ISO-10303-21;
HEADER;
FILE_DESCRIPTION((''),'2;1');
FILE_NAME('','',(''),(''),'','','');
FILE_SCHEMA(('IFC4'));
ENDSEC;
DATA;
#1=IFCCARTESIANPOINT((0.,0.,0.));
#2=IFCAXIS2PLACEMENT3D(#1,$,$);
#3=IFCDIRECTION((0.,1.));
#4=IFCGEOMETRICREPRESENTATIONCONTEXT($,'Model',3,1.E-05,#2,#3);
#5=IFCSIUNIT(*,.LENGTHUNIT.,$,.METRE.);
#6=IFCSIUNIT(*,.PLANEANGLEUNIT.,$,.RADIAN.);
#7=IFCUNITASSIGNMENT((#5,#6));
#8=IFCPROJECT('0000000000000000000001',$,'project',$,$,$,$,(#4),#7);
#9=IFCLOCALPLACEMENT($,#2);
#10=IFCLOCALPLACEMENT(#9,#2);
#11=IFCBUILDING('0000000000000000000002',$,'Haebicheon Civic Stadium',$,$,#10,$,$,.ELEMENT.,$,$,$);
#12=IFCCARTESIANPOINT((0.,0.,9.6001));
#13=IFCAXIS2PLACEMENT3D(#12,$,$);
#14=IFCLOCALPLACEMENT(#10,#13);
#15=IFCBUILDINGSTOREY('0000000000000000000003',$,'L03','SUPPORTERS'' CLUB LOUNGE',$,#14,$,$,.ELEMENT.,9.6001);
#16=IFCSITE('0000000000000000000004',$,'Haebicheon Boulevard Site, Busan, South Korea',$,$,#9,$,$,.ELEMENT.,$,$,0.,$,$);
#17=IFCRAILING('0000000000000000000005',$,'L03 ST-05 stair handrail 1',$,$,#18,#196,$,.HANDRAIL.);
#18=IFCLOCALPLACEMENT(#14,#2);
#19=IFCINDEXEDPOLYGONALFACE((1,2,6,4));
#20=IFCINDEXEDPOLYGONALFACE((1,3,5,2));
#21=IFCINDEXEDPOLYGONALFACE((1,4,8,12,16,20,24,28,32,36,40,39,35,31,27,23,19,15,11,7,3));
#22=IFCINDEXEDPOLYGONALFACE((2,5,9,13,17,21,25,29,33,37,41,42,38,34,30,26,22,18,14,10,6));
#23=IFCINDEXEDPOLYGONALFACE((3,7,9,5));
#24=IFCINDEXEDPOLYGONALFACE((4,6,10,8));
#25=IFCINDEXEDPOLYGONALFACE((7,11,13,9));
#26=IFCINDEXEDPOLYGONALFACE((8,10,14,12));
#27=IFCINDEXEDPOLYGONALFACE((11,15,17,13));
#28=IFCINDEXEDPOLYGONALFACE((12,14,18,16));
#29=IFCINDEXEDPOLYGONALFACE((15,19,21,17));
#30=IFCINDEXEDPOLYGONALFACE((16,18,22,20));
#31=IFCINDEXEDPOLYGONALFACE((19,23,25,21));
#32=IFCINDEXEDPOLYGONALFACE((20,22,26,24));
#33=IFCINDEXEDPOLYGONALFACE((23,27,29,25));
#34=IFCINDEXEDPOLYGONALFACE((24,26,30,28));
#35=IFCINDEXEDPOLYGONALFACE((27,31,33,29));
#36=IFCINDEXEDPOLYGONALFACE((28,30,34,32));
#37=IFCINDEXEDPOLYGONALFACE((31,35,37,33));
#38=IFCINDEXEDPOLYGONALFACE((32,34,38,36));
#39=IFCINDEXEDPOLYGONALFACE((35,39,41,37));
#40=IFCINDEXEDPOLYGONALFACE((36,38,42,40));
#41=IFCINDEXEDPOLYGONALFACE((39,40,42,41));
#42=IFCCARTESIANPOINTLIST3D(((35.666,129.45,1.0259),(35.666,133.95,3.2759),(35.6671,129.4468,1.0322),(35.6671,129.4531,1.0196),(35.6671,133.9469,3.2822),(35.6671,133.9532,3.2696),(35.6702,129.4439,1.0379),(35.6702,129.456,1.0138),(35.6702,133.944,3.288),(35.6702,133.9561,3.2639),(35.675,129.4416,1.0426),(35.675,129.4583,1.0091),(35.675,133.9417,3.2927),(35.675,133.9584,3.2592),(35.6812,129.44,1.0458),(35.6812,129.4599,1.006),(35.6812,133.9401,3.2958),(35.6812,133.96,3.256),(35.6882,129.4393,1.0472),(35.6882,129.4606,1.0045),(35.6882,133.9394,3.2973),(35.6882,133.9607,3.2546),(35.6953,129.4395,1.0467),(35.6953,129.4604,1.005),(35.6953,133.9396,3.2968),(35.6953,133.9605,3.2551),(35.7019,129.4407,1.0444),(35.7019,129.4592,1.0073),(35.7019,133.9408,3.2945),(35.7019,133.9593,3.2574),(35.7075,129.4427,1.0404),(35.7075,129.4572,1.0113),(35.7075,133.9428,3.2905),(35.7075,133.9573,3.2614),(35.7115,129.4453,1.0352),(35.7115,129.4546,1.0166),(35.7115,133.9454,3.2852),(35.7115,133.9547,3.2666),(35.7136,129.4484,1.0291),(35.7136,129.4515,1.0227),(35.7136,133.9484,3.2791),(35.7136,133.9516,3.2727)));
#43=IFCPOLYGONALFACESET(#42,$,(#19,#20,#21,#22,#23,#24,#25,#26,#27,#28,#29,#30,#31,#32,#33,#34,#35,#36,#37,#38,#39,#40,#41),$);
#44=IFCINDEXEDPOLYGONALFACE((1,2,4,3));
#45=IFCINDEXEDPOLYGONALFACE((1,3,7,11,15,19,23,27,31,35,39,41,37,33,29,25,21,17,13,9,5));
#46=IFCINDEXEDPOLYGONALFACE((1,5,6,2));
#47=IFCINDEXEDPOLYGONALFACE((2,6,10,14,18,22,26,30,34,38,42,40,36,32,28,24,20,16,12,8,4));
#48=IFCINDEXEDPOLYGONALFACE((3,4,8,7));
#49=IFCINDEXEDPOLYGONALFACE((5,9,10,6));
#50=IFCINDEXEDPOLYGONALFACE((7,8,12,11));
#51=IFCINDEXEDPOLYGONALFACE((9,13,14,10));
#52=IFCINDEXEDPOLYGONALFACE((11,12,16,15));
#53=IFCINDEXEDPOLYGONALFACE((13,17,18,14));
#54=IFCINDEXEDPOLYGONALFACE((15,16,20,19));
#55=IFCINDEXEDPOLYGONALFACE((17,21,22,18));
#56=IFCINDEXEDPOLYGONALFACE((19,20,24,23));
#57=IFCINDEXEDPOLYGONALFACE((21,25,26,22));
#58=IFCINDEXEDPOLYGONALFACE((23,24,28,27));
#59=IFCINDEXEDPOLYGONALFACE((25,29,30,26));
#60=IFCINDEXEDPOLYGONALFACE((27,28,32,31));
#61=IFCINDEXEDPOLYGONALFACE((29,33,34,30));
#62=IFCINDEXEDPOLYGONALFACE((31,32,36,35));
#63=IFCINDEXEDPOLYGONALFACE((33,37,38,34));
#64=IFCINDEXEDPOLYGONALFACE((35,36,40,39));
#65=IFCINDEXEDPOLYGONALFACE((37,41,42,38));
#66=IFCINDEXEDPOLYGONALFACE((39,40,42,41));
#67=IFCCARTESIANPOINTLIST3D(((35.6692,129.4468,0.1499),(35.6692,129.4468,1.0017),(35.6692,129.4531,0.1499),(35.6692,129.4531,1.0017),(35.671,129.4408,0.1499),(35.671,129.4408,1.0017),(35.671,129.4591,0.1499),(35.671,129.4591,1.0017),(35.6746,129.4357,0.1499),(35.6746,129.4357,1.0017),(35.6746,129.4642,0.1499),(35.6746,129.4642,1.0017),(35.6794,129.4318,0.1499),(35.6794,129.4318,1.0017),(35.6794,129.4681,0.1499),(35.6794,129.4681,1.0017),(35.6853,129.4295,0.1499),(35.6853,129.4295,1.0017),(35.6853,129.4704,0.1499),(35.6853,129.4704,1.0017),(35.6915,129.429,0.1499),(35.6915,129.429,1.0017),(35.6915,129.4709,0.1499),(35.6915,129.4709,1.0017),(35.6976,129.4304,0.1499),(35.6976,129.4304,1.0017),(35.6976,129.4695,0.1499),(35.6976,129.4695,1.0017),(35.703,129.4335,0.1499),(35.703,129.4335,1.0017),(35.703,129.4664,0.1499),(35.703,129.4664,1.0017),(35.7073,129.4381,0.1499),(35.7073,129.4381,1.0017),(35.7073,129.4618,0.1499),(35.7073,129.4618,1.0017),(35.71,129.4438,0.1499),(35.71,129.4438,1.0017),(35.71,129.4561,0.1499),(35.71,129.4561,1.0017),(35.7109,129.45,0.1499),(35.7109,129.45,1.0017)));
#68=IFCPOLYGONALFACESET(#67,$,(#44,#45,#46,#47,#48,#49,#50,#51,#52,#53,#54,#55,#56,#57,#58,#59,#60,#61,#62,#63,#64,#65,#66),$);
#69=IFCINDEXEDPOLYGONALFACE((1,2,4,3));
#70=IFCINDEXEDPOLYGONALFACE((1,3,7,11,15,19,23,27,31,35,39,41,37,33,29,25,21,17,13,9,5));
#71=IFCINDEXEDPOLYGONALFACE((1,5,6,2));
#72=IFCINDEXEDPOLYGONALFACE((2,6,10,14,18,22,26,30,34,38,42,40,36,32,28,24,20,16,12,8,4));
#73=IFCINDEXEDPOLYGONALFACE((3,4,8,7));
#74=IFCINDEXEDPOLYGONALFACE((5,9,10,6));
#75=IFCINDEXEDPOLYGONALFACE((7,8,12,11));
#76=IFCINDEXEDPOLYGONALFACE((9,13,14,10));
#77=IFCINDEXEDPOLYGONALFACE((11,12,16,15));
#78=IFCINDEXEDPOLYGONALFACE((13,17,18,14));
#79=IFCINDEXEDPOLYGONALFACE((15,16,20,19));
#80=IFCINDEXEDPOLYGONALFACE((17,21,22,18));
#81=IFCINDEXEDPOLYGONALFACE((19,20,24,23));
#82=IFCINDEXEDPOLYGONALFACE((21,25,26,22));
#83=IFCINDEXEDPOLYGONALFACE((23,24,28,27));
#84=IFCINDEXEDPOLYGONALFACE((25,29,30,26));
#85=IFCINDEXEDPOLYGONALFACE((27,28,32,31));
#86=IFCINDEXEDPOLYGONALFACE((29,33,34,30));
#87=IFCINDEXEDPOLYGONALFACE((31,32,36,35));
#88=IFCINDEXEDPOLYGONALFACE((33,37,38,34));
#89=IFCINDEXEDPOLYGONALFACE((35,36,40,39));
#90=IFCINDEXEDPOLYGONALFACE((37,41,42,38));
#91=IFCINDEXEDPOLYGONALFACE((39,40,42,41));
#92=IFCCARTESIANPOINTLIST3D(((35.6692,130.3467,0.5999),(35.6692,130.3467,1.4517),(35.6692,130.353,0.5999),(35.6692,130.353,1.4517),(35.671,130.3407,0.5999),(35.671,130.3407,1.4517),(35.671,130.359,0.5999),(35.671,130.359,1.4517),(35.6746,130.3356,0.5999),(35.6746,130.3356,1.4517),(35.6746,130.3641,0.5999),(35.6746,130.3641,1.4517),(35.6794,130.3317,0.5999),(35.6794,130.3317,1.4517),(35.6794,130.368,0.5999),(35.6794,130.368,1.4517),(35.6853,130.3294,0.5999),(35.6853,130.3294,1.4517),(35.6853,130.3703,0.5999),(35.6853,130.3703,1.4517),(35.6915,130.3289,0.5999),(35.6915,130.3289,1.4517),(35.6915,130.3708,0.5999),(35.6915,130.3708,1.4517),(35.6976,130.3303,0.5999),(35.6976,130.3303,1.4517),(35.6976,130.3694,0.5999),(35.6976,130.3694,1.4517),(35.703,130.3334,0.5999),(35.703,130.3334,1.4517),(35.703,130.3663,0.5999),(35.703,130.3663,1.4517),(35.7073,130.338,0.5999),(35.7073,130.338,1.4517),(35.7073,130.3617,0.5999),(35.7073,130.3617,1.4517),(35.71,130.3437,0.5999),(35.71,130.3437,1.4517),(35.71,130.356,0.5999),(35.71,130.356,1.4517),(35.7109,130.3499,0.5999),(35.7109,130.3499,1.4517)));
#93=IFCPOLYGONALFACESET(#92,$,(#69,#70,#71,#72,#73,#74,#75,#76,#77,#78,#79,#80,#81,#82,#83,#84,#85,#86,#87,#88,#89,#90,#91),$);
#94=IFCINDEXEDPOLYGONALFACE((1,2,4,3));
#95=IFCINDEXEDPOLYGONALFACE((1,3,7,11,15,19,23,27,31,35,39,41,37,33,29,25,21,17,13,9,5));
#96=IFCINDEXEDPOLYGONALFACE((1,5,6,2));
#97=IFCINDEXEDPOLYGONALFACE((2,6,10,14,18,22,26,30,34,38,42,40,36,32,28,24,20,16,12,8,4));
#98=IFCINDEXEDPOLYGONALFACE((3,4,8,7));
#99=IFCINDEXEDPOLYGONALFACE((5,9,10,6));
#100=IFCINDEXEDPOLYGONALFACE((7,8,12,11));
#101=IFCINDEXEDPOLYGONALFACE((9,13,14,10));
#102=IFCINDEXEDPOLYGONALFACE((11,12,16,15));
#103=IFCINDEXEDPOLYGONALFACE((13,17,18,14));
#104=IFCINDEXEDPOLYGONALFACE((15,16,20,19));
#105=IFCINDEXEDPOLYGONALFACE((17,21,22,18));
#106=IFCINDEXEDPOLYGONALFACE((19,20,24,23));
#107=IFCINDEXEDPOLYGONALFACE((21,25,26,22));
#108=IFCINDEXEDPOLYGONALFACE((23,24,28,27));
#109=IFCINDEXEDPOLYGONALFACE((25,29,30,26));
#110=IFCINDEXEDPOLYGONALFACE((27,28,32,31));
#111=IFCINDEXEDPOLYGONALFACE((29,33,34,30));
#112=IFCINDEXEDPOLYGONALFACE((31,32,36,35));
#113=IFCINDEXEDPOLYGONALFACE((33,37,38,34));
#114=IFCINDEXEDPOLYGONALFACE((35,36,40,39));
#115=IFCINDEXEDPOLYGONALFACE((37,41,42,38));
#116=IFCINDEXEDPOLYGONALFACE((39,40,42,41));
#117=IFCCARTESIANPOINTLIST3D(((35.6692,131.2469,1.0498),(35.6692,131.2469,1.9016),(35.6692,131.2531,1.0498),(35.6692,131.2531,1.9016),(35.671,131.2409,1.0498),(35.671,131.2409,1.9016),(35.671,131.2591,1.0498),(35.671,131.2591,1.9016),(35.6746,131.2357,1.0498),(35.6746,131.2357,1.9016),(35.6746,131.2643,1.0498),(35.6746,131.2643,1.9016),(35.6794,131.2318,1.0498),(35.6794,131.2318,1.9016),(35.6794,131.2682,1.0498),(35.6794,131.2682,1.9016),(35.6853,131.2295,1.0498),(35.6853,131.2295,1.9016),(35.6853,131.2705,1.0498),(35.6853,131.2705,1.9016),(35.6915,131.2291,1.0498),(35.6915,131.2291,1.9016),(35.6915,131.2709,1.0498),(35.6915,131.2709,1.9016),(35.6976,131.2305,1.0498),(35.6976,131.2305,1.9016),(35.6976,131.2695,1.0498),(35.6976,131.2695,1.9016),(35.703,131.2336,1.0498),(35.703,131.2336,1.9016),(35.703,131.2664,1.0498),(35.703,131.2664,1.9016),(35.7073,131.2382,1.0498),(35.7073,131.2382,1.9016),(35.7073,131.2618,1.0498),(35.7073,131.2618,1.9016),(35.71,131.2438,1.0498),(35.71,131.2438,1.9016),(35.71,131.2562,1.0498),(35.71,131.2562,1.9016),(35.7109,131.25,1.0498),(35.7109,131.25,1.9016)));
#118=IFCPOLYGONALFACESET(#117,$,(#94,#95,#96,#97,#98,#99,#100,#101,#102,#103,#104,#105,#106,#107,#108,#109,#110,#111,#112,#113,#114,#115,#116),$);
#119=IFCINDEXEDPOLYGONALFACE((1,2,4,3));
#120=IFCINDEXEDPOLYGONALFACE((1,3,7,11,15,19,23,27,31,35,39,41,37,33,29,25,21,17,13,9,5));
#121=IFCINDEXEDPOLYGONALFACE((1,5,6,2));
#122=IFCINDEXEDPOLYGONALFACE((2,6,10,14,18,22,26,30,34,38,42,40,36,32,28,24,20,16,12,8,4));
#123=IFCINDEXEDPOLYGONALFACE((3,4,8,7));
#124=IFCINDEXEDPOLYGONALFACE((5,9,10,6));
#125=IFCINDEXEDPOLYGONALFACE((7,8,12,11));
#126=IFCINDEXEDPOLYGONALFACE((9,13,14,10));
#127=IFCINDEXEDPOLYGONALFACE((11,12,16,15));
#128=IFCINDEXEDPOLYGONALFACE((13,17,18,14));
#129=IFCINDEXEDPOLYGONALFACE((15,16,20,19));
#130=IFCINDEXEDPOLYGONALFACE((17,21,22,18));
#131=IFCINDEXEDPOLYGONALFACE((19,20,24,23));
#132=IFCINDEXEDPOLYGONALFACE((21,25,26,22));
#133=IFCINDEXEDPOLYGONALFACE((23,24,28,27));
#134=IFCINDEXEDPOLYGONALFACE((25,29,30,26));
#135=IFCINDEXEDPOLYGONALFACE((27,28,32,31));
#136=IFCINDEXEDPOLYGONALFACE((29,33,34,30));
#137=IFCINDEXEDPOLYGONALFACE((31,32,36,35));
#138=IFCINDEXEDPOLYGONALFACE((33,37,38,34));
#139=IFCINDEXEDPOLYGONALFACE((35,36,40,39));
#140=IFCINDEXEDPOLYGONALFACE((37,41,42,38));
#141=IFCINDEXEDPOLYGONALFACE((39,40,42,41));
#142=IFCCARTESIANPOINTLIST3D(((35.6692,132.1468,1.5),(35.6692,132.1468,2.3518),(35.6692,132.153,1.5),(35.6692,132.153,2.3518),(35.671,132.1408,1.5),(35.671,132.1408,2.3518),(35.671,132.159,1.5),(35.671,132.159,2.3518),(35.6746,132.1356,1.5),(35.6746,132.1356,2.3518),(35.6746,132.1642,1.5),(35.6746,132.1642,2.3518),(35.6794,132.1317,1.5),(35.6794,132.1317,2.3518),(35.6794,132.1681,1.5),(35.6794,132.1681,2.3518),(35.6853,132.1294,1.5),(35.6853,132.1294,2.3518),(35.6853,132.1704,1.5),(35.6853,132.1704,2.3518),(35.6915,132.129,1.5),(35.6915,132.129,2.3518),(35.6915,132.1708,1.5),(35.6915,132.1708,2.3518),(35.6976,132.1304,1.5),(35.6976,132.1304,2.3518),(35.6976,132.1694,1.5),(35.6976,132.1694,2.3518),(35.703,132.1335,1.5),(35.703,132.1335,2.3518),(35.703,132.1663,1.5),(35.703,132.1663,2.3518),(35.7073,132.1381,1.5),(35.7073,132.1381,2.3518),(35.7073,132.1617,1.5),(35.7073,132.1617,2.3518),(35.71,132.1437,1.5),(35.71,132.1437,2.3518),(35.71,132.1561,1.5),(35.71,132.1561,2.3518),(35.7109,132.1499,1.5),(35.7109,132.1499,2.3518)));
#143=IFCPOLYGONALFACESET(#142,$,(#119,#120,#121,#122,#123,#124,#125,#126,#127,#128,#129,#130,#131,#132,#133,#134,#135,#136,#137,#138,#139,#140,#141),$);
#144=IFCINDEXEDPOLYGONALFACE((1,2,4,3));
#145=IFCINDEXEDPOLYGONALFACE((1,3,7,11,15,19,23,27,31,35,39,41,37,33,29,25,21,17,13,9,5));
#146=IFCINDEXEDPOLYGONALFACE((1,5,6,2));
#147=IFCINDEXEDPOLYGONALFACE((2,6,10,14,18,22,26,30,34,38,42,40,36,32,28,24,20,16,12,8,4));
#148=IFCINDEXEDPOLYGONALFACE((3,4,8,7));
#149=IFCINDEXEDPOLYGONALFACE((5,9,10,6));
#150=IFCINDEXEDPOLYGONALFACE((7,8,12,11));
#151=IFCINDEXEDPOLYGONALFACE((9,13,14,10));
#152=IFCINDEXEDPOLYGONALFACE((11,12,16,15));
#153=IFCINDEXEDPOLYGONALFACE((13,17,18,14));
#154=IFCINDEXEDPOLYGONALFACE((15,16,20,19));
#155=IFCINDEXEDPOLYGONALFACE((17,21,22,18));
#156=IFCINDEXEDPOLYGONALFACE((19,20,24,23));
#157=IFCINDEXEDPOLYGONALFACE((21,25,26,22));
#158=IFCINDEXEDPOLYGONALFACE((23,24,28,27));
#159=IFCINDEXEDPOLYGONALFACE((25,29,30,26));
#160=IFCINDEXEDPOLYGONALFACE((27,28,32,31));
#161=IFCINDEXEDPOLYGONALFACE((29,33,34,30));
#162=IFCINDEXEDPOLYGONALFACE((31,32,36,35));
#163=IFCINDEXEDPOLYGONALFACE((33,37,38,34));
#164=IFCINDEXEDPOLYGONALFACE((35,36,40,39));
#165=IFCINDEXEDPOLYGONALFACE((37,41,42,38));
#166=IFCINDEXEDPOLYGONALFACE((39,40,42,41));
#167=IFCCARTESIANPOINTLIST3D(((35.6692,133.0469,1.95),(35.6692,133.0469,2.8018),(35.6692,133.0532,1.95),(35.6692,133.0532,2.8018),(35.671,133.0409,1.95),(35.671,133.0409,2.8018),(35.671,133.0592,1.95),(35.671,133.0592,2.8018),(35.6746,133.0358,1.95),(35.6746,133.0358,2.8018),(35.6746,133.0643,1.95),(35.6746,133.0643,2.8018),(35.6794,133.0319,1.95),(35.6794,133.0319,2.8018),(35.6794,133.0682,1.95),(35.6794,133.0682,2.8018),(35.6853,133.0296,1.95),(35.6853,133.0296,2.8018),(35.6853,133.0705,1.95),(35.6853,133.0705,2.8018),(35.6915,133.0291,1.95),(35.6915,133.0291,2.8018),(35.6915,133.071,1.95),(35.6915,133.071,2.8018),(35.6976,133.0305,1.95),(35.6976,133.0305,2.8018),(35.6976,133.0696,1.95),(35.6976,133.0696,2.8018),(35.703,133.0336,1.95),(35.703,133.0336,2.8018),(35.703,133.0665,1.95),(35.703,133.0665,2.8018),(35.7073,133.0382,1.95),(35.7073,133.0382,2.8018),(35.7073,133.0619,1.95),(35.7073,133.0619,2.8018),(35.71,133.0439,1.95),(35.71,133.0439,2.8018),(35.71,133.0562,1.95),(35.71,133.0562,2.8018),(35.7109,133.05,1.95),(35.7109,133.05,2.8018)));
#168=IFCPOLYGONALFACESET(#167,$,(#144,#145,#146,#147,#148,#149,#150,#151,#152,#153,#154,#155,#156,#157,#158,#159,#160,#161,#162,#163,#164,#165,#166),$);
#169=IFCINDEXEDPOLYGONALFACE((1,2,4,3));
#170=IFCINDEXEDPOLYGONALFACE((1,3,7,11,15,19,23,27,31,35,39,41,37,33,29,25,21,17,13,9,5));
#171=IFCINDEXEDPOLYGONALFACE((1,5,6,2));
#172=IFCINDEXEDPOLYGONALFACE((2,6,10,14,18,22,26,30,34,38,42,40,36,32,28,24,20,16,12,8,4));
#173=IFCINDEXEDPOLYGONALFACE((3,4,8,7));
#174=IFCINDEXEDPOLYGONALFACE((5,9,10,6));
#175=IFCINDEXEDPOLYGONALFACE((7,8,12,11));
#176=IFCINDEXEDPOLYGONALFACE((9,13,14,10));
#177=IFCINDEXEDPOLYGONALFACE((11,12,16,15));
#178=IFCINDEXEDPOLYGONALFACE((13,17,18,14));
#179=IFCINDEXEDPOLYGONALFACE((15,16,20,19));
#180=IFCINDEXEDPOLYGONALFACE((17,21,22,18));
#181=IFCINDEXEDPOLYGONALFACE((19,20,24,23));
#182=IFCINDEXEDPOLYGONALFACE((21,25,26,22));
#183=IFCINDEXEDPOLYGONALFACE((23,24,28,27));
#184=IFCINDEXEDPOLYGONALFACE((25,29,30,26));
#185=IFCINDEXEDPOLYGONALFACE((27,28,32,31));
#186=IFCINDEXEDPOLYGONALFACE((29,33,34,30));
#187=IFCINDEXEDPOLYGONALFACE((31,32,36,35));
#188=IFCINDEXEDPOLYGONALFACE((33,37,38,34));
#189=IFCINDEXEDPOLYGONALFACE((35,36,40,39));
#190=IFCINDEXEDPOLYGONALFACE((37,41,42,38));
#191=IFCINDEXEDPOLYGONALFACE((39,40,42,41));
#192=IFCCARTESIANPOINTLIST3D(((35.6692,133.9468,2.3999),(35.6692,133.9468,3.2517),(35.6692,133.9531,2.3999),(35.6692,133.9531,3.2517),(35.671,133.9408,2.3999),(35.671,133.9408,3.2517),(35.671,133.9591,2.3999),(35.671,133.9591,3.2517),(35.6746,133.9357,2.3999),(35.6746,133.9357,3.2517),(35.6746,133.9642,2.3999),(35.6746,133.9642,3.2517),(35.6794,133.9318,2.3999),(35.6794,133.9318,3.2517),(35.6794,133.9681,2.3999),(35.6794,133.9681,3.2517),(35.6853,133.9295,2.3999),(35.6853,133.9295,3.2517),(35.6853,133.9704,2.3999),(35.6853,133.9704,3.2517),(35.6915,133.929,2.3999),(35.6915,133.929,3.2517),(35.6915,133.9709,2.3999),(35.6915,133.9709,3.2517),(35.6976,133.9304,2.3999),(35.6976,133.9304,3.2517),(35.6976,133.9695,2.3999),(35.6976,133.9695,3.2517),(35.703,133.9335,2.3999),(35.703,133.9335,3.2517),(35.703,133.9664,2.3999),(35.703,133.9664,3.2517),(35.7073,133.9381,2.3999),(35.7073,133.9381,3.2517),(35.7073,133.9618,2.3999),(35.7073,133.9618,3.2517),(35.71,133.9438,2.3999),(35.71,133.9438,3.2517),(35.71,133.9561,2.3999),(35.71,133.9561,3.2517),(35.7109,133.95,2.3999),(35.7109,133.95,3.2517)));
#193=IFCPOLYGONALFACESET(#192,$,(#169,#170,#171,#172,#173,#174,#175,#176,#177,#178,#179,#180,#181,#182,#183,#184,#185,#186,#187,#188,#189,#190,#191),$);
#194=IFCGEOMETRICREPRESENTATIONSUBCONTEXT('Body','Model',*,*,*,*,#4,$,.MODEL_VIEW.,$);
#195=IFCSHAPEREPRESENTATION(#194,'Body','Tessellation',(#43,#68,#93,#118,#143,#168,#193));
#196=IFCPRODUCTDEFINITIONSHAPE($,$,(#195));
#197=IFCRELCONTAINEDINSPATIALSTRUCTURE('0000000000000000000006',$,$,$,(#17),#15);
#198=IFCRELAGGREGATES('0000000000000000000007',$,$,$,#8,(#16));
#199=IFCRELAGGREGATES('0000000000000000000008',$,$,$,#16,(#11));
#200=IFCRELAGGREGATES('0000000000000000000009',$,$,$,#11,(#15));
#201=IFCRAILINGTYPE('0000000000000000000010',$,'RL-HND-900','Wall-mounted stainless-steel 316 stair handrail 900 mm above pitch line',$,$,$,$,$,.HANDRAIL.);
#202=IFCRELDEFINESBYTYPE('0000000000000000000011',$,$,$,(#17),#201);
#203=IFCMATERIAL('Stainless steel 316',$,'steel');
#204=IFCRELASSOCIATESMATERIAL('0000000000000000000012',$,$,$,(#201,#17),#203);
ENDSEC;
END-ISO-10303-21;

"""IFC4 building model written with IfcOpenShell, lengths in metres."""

from ifc_helpers import new_model, si_unit, direction, frame, origin, origin_2d, place, context, subcontext, project, spatial, circle, extrude, material, type_object, element, save


model = new_model("IFC4")

# Units and contexts
model_context = context("Model", 3, precision=1e-05, world=origin(), true_north=direction((0.0, 1.0)))
body_context = subcontext(model_context, "Body", "Model", "MODEL_VIEW")
ifc_project = project(units=[si_unit("LENGTHUNIT", "METRE"), si_unit("PLANEANGLEUNIT", "RADIAN")], contexts=[model_context])

# Site, building, storey
site_placement = place(None, origin())
site = spatial("IfcSite", under=ifc_project, at=site_placement, Name="Haebicheon Boulevard Site, Busan, South Korea", CompositionType="ELEMENT", RefElevation=0.0)
building_placement = place(site_placement, origin())
building = spatial("IfcBuilding", under=site, at=building_placement, Name="Haebicheon Civic Stadium", CompositionType="ELEMENT")
storey_placement = place(building_placement, frame((0.0, 0.0, 9.6001)))
storey = spatial("IfcBuildingStorey", under=building, at=storey_placement, Name="L03", Description="SUPPORTERS' CLUB LOUNGE", CompositionType="ELEMENT", Elevation=9.6001)

# Railing
ifc_material_1 = material(Name="Stainless steel 316", Category="steel")
railing_type_1 = type_object("IfcRailingType", Name="RL-HND-900", Description="Wall-mounted stainless-steel 316 stair handrail 900 mm above pitch line", PredefinedType="HANDRAIL", material=ifc_material_1)
railing_1_placement = place(storey_placement, frame((35.6899, 129.45, 0.1499)))
element("IfcRailing", 1, at=railing_1_placement, inside=storey, type_object=railing_type_1, material=ifc_material_1, Name="L03 ST-05 stair handrail 1", PredefinedType="HANDRAIL", context=body_context, shape_type="SweptSolid", body=[
    extrude(circle(Radius=0.0239, at=origin_2d()), frame((0.0, 0.0, 0.876), z_axis=(0.0, 0.894427, 0.447214), x_axis=(-1.0, 0.0, 0.0)), (0.0, 0.0, 1.0), 5.0312),
    extrude(circle(Radius=0.021, at=origin_2d()), origin(), (0.0, 0.0, 1.0), 0.8518),
    extrude(circle(Radius=0.021, at=origin_2d()), frame((0.0, 0.8999, 0.45)), (0.0, 0.0, 1.0), 0.8518),
    extrude(circle(Radius=0.021, at=origin_2d()), frame((0.0, 1.8, 0.8999)), (0.0, 0.0, 1.0), 0.8518),
    extrude(circle(Radius=0.021, at=origin_2d()), frame((0.0, 2.7, 1.3501)), (0.0, 0.0, 1.0), 0.8518),
    extrude(circle(Radius=0.021, at=origin_2d()), frame((0.0, 3.6001, 1.8)), (0.0, 0.0, 1.0), 0.8518),
    extrude(circle(Radius=0.021, at=origin_2d()), frame((0.0, 4.5, 2.25)), (0.0, 0.0, 1.0), 0.8518),
])

save(model, "model.ifc")
